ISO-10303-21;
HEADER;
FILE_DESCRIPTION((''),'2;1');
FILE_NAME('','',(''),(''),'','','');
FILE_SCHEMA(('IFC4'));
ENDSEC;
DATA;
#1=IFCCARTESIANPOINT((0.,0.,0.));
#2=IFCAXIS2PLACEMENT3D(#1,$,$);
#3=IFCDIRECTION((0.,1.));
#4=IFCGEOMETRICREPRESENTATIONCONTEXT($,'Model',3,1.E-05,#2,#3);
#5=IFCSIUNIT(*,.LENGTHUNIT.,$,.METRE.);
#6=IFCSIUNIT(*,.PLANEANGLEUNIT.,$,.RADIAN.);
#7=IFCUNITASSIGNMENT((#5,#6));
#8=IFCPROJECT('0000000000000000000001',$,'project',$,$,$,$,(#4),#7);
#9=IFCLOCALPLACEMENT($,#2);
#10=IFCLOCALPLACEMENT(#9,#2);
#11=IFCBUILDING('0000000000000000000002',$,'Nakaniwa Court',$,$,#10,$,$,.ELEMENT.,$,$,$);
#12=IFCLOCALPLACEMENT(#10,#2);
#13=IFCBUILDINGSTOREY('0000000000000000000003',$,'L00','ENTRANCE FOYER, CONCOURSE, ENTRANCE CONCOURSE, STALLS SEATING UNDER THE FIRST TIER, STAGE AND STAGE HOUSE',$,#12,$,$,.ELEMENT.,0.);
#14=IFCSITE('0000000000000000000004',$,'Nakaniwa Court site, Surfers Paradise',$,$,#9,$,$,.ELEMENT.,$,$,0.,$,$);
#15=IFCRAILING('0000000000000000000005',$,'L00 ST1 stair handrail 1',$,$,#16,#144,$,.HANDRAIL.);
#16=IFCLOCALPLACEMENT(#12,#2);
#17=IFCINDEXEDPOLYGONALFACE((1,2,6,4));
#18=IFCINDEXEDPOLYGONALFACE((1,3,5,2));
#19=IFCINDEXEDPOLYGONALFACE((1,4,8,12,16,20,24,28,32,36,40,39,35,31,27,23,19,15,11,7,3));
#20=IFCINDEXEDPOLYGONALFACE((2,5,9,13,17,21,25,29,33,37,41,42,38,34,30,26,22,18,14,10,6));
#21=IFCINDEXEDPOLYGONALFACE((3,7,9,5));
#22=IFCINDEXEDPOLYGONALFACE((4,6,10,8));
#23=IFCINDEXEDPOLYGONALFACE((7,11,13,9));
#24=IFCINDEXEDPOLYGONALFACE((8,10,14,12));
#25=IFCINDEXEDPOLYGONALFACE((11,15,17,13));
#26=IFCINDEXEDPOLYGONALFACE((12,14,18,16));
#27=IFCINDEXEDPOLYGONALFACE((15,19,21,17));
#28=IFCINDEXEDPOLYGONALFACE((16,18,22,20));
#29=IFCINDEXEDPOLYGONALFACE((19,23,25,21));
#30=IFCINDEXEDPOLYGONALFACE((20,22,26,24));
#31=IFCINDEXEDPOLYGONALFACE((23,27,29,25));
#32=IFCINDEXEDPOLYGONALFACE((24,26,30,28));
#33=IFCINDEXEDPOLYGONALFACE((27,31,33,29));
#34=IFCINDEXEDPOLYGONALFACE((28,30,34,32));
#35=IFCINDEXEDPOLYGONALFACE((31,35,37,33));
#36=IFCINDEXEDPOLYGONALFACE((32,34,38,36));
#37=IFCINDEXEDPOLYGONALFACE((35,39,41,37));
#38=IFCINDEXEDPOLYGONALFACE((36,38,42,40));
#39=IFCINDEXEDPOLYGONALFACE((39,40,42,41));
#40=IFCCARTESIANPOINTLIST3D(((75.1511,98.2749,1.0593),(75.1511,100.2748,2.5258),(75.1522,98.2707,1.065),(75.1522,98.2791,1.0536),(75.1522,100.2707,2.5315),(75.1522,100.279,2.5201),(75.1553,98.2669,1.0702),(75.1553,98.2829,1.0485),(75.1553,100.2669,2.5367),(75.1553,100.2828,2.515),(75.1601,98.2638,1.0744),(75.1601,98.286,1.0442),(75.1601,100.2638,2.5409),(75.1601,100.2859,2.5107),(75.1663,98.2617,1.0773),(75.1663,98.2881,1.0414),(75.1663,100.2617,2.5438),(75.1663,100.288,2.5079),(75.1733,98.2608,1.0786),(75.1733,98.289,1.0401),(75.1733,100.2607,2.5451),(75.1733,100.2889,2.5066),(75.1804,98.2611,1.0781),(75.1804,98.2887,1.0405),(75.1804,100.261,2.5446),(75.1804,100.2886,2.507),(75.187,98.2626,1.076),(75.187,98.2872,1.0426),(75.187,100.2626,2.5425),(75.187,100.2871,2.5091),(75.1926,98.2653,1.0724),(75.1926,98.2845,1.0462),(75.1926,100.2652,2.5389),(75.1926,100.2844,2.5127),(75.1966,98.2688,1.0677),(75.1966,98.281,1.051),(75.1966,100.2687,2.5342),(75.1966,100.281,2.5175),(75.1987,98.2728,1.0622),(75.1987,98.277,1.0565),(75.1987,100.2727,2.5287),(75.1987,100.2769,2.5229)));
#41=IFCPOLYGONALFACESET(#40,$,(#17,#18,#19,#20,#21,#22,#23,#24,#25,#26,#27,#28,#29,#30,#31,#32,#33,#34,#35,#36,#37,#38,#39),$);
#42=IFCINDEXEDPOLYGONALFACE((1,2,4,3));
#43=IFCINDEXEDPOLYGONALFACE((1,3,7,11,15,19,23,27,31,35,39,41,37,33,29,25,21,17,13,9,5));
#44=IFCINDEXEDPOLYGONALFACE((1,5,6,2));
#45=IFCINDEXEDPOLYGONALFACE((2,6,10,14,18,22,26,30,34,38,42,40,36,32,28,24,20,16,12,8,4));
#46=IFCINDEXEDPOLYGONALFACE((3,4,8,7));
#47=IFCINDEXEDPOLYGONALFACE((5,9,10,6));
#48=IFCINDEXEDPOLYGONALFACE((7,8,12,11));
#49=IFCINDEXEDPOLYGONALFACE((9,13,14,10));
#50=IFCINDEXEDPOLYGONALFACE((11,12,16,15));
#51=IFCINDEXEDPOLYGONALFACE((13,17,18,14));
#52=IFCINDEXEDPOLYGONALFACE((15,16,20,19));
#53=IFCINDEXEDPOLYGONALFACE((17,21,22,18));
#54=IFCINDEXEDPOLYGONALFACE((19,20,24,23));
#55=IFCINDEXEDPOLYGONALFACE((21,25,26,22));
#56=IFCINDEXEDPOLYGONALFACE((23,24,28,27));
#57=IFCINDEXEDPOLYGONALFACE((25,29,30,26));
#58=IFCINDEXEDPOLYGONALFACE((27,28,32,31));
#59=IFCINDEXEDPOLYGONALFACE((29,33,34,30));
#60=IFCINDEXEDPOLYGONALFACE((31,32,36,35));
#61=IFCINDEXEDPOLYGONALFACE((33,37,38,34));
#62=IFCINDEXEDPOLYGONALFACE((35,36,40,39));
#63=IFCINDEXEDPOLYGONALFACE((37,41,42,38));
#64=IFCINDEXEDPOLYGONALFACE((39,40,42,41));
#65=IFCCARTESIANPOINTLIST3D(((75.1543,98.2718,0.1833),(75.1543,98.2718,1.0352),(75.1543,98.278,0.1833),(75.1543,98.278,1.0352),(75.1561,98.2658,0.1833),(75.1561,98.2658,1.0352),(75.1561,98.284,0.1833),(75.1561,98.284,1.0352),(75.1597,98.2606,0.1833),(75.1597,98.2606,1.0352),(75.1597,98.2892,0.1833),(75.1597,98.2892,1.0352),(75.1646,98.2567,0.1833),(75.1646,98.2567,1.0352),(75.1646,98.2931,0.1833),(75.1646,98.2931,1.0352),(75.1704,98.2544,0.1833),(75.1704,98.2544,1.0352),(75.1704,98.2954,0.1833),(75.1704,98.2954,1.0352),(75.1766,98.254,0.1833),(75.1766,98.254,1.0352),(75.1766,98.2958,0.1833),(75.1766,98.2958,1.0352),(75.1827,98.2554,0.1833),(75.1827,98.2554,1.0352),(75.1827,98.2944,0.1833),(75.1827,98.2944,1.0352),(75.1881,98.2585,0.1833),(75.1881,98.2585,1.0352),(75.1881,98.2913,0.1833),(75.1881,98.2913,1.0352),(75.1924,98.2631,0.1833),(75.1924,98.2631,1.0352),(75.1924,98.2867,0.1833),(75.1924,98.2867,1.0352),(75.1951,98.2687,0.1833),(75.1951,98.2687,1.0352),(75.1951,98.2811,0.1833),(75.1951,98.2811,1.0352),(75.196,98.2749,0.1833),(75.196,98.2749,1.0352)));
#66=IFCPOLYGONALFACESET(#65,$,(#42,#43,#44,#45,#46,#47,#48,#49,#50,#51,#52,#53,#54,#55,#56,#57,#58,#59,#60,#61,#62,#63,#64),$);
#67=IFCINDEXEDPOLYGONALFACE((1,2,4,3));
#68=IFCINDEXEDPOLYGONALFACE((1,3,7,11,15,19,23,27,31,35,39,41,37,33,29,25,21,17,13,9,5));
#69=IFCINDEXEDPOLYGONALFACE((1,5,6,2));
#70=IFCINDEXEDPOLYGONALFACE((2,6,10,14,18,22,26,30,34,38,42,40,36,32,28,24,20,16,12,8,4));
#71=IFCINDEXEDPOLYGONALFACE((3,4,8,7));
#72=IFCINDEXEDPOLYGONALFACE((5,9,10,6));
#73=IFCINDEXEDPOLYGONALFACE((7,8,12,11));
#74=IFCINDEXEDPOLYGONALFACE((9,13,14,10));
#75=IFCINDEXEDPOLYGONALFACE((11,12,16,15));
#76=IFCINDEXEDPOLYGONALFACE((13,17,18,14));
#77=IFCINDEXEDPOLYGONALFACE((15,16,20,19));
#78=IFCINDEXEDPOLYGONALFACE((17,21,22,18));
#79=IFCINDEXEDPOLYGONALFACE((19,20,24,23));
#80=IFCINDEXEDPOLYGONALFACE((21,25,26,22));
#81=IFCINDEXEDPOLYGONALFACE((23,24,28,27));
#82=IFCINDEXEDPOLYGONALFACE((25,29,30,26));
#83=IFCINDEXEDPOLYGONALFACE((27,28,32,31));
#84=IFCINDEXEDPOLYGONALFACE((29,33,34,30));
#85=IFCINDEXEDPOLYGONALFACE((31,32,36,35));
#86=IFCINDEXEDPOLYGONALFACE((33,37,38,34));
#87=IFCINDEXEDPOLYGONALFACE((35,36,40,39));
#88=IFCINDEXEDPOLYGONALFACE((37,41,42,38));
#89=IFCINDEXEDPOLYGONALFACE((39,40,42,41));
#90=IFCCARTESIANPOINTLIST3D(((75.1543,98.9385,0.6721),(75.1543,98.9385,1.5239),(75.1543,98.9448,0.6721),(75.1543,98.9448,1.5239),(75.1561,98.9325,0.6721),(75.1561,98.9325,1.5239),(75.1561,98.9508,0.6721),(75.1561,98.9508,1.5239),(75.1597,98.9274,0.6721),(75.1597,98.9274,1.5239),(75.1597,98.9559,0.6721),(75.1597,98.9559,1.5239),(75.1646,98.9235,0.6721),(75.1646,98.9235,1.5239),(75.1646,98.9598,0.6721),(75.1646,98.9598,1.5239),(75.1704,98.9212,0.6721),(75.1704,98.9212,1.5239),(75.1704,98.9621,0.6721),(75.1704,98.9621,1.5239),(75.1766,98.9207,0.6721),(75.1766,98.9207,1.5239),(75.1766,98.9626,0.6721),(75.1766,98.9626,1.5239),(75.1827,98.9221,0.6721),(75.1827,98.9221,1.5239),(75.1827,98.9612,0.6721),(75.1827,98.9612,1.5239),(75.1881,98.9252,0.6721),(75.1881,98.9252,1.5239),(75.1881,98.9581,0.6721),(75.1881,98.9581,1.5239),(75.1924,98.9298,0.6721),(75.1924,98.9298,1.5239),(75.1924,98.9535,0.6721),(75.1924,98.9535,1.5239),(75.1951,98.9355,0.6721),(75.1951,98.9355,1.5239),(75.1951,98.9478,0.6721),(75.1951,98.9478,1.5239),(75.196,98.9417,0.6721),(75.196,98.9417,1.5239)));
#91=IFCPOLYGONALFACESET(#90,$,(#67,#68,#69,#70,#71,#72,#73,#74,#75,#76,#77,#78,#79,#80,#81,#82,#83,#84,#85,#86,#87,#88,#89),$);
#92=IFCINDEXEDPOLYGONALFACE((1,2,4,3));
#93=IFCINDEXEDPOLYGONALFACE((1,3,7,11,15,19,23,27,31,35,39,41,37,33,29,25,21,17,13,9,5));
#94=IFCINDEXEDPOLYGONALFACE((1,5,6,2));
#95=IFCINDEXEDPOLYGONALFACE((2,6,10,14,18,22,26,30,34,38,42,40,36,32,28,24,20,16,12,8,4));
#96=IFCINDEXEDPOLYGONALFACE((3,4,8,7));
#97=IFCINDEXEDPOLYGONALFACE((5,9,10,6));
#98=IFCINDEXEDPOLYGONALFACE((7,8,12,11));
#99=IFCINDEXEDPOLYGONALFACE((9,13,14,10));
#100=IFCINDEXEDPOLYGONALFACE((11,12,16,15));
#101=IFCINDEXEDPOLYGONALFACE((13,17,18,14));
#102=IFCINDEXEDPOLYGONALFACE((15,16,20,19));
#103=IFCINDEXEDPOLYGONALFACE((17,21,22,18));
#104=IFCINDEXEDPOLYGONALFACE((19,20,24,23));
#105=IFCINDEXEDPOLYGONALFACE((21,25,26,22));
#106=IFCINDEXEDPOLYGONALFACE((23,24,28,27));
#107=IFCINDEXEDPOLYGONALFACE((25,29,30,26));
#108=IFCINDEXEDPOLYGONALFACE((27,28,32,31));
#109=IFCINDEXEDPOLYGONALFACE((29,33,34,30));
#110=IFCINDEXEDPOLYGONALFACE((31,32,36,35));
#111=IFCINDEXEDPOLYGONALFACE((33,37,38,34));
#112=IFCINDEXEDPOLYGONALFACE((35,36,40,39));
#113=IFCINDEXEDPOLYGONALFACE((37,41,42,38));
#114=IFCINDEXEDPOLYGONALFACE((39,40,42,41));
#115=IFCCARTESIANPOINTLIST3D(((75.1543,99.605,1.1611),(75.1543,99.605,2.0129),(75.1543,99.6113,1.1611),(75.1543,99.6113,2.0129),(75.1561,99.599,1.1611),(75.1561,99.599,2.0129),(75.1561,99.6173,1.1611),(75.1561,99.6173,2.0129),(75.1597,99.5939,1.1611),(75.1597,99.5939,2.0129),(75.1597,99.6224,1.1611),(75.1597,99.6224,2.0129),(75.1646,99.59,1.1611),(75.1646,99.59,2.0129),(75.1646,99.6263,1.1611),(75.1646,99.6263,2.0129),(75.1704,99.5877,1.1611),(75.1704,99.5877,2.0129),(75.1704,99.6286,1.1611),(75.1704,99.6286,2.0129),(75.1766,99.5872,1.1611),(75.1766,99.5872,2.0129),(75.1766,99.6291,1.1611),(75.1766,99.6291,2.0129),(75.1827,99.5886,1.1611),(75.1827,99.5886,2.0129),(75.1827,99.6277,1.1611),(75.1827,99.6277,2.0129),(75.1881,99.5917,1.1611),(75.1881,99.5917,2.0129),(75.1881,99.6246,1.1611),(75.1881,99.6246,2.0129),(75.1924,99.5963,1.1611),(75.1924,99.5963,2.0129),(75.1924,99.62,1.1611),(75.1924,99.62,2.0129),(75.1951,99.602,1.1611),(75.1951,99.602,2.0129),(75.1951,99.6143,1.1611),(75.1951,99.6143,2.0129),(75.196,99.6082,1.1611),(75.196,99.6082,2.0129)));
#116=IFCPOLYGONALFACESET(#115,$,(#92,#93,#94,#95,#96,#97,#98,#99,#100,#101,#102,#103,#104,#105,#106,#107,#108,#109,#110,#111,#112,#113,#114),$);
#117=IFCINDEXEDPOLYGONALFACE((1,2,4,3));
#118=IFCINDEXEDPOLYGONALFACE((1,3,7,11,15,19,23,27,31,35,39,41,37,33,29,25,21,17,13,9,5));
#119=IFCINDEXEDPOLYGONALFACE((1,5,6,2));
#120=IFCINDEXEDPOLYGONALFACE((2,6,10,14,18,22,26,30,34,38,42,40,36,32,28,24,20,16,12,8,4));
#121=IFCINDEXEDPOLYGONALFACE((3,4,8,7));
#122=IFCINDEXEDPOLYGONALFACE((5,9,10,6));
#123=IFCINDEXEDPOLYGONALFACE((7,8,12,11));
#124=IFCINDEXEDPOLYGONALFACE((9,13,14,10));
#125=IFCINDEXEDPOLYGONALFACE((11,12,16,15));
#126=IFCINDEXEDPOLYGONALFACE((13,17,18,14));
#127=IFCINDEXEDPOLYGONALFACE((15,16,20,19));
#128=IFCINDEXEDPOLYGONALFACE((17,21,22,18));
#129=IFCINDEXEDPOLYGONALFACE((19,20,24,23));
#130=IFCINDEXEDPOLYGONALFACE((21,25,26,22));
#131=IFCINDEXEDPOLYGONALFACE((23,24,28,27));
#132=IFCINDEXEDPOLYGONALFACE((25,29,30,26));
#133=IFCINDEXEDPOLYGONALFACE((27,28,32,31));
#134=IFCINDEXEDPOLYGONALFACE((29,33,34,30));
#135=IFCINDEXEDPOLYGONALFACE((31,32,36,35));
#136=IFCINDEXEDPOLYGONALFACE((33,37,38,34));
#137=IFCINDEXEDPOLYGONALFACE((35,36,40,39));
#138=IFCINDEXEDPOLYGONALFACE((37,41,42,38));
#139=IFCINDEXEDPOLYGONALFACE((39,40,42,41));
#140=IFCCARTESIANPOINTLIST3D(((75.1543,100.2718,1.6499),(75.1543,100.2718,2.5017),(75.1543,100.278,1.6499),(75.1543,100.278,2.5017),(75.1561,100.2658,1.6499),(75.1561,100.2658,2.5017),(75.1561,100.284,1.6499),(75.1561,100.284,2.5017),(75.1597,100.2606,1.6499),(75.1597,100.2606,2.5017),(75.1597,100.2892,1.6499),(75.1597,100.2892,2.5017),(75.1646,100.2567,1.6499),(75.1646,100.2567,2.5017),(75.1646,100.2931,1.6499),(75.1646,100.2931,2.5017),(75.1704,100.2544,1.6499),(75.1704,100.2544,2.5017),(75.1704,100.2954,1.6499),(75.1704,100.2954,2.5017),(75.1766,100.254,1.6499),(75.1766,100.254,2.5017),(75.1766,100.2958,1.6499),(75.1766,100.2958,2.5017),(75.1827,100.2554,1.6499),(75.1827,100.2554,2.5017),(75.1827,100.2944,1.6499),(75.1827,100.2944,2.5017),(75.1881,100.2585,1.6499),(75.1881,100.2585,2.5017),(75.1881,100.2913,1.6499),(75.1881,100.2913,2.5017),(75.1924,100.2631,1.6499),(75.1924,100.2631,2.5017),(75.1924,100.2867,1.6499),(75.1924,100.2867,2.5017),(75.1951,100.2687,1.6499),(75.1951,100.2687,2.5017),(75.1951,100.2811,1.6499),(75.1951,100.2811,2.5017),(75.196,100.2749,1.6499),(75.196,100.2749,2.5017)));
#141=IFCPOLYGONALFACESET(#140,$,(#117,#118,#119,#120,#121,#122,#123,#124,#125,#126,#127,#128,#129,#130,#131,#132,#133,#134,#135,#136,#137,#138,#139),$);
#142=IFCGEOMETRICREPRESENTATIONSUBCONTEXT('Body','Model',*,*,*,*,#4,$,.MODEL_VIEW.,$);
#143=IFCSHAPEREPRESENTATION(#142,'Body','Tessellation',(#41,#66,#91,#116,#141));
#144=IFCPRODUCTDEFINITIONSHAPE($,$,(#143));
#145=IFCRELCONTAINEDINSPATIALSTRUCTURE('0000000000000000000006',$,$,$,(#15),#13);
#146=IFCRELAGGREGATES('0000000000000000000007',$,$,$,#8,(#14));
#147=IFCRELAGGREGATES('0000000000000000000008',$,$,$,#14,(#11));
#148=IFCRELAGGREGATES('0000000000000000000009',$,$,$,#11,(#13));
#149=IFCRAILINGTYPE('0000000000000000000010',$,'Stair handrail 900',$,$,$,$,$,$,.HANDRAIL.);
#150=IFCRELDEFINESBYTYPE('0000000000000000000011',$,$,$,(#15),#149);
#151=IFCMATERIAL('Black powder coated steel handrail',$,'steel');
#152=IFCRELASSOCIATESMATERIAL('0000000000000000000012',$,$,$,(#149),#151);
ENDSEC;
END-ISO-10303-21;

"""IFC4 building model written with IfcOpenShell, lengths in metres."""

from ifc_helpers import new_model, si_unit, direction, frame, origin, origin_2d, place, context, subcontext, project, spatial, circle, extrude, material, type_object, element, save


model = new_model("IFC4")

# Units and contexts
model_context = context("Model", 3, precision=1e-05, world=origin(), true_north=direction((0.0, 1.0)))
body_context = subcontext(model_context, "Body", "Model", "MODEL_VIEW")
ifc_project = project(units=[si_unit("LENGTHUNIT", "METRE"), si_unit("PLANEANGLEUNIT", "RADIAN")], contexts=[model_context])

# Site, building, storey
site_placement = place(None, origin())
site = spatial("IfcSite", under=ifc_project, at=site_placement, Name="Nakaniwa Court site, Surfers Paradise", CompositionType="ELEMENT", RefElevation=0.0)
building_placement = place(site_placement, origin())
building = spatial("IfcBuilding", under=site, at=building_placement, Name="Nakaniwa Court", CompositionType="ELEMENT")
storey_placement = place(building_placement, origin())
storey = spatial("IfcBuildingStorey", under=building, at=storey_placement, Name="L00", Description="ENTRANCE FOYER, CONCOURSE, ENTRANCE CONCOURSE, STALLS SEATING UNDER THE FIRST TIER, STAGE AND STAGE HOUSE", CompositionType="ELEMENT", Elevation=0.0)

# Railing
ifc_material_1 = material(Name="Black powder coated steel handrail", Category="steel")
railing_type_1 = type_object("IfcRailingType", Name="Stair handrail 900", PredefinedType="HANDRAIL", material=ifc_material_1)
for number, where, name in (
    (1, (75.175, 98.2749, 0.1833), "L00 ST1 stair handrail 1"),
):
    element("IfcRailing", number, at=place(storey_placement, frame(where)), inside=storey, type_object=railing_type_1, Name=name, PredefinedType="HANDRAIL", context=body_context, shape_type="SweptSolid", body=[
        extrude(circle(Radius=0.0239, at=origin_2d()), frame((0.0, 0.0, 0.876), z_axis=(0.0, 0.806427, 0.591334), x_axis=(-1.0, 0.0, 0.0)), (0.0, 0.0, 1.0), 2.48),
        extrude(circle(Radius=0.021, at=origin_2d()), origin(), (0.0, 0.0, 1.0), 0.8518),
        extrude(circle(Radius=0.021, at=origin_2d()), frame((0.0, 0.6667, 0.4888)), (0.0, 0.0, 1.0), 0.8518),
        extrude(circle(Radius=0.021, at=origin_2d()), frame((0.0, 1.3333, 0.9778)), (0.0, 0.0, 1.0), 0.8518),
        extrude(circle(Radius=0.021, at=origin_2d()), frame((0.0, 2.0, 1.4666)), (0.0, 0.0, 1.0), 0.8518),
    ])

save(model, "model.ifc")
